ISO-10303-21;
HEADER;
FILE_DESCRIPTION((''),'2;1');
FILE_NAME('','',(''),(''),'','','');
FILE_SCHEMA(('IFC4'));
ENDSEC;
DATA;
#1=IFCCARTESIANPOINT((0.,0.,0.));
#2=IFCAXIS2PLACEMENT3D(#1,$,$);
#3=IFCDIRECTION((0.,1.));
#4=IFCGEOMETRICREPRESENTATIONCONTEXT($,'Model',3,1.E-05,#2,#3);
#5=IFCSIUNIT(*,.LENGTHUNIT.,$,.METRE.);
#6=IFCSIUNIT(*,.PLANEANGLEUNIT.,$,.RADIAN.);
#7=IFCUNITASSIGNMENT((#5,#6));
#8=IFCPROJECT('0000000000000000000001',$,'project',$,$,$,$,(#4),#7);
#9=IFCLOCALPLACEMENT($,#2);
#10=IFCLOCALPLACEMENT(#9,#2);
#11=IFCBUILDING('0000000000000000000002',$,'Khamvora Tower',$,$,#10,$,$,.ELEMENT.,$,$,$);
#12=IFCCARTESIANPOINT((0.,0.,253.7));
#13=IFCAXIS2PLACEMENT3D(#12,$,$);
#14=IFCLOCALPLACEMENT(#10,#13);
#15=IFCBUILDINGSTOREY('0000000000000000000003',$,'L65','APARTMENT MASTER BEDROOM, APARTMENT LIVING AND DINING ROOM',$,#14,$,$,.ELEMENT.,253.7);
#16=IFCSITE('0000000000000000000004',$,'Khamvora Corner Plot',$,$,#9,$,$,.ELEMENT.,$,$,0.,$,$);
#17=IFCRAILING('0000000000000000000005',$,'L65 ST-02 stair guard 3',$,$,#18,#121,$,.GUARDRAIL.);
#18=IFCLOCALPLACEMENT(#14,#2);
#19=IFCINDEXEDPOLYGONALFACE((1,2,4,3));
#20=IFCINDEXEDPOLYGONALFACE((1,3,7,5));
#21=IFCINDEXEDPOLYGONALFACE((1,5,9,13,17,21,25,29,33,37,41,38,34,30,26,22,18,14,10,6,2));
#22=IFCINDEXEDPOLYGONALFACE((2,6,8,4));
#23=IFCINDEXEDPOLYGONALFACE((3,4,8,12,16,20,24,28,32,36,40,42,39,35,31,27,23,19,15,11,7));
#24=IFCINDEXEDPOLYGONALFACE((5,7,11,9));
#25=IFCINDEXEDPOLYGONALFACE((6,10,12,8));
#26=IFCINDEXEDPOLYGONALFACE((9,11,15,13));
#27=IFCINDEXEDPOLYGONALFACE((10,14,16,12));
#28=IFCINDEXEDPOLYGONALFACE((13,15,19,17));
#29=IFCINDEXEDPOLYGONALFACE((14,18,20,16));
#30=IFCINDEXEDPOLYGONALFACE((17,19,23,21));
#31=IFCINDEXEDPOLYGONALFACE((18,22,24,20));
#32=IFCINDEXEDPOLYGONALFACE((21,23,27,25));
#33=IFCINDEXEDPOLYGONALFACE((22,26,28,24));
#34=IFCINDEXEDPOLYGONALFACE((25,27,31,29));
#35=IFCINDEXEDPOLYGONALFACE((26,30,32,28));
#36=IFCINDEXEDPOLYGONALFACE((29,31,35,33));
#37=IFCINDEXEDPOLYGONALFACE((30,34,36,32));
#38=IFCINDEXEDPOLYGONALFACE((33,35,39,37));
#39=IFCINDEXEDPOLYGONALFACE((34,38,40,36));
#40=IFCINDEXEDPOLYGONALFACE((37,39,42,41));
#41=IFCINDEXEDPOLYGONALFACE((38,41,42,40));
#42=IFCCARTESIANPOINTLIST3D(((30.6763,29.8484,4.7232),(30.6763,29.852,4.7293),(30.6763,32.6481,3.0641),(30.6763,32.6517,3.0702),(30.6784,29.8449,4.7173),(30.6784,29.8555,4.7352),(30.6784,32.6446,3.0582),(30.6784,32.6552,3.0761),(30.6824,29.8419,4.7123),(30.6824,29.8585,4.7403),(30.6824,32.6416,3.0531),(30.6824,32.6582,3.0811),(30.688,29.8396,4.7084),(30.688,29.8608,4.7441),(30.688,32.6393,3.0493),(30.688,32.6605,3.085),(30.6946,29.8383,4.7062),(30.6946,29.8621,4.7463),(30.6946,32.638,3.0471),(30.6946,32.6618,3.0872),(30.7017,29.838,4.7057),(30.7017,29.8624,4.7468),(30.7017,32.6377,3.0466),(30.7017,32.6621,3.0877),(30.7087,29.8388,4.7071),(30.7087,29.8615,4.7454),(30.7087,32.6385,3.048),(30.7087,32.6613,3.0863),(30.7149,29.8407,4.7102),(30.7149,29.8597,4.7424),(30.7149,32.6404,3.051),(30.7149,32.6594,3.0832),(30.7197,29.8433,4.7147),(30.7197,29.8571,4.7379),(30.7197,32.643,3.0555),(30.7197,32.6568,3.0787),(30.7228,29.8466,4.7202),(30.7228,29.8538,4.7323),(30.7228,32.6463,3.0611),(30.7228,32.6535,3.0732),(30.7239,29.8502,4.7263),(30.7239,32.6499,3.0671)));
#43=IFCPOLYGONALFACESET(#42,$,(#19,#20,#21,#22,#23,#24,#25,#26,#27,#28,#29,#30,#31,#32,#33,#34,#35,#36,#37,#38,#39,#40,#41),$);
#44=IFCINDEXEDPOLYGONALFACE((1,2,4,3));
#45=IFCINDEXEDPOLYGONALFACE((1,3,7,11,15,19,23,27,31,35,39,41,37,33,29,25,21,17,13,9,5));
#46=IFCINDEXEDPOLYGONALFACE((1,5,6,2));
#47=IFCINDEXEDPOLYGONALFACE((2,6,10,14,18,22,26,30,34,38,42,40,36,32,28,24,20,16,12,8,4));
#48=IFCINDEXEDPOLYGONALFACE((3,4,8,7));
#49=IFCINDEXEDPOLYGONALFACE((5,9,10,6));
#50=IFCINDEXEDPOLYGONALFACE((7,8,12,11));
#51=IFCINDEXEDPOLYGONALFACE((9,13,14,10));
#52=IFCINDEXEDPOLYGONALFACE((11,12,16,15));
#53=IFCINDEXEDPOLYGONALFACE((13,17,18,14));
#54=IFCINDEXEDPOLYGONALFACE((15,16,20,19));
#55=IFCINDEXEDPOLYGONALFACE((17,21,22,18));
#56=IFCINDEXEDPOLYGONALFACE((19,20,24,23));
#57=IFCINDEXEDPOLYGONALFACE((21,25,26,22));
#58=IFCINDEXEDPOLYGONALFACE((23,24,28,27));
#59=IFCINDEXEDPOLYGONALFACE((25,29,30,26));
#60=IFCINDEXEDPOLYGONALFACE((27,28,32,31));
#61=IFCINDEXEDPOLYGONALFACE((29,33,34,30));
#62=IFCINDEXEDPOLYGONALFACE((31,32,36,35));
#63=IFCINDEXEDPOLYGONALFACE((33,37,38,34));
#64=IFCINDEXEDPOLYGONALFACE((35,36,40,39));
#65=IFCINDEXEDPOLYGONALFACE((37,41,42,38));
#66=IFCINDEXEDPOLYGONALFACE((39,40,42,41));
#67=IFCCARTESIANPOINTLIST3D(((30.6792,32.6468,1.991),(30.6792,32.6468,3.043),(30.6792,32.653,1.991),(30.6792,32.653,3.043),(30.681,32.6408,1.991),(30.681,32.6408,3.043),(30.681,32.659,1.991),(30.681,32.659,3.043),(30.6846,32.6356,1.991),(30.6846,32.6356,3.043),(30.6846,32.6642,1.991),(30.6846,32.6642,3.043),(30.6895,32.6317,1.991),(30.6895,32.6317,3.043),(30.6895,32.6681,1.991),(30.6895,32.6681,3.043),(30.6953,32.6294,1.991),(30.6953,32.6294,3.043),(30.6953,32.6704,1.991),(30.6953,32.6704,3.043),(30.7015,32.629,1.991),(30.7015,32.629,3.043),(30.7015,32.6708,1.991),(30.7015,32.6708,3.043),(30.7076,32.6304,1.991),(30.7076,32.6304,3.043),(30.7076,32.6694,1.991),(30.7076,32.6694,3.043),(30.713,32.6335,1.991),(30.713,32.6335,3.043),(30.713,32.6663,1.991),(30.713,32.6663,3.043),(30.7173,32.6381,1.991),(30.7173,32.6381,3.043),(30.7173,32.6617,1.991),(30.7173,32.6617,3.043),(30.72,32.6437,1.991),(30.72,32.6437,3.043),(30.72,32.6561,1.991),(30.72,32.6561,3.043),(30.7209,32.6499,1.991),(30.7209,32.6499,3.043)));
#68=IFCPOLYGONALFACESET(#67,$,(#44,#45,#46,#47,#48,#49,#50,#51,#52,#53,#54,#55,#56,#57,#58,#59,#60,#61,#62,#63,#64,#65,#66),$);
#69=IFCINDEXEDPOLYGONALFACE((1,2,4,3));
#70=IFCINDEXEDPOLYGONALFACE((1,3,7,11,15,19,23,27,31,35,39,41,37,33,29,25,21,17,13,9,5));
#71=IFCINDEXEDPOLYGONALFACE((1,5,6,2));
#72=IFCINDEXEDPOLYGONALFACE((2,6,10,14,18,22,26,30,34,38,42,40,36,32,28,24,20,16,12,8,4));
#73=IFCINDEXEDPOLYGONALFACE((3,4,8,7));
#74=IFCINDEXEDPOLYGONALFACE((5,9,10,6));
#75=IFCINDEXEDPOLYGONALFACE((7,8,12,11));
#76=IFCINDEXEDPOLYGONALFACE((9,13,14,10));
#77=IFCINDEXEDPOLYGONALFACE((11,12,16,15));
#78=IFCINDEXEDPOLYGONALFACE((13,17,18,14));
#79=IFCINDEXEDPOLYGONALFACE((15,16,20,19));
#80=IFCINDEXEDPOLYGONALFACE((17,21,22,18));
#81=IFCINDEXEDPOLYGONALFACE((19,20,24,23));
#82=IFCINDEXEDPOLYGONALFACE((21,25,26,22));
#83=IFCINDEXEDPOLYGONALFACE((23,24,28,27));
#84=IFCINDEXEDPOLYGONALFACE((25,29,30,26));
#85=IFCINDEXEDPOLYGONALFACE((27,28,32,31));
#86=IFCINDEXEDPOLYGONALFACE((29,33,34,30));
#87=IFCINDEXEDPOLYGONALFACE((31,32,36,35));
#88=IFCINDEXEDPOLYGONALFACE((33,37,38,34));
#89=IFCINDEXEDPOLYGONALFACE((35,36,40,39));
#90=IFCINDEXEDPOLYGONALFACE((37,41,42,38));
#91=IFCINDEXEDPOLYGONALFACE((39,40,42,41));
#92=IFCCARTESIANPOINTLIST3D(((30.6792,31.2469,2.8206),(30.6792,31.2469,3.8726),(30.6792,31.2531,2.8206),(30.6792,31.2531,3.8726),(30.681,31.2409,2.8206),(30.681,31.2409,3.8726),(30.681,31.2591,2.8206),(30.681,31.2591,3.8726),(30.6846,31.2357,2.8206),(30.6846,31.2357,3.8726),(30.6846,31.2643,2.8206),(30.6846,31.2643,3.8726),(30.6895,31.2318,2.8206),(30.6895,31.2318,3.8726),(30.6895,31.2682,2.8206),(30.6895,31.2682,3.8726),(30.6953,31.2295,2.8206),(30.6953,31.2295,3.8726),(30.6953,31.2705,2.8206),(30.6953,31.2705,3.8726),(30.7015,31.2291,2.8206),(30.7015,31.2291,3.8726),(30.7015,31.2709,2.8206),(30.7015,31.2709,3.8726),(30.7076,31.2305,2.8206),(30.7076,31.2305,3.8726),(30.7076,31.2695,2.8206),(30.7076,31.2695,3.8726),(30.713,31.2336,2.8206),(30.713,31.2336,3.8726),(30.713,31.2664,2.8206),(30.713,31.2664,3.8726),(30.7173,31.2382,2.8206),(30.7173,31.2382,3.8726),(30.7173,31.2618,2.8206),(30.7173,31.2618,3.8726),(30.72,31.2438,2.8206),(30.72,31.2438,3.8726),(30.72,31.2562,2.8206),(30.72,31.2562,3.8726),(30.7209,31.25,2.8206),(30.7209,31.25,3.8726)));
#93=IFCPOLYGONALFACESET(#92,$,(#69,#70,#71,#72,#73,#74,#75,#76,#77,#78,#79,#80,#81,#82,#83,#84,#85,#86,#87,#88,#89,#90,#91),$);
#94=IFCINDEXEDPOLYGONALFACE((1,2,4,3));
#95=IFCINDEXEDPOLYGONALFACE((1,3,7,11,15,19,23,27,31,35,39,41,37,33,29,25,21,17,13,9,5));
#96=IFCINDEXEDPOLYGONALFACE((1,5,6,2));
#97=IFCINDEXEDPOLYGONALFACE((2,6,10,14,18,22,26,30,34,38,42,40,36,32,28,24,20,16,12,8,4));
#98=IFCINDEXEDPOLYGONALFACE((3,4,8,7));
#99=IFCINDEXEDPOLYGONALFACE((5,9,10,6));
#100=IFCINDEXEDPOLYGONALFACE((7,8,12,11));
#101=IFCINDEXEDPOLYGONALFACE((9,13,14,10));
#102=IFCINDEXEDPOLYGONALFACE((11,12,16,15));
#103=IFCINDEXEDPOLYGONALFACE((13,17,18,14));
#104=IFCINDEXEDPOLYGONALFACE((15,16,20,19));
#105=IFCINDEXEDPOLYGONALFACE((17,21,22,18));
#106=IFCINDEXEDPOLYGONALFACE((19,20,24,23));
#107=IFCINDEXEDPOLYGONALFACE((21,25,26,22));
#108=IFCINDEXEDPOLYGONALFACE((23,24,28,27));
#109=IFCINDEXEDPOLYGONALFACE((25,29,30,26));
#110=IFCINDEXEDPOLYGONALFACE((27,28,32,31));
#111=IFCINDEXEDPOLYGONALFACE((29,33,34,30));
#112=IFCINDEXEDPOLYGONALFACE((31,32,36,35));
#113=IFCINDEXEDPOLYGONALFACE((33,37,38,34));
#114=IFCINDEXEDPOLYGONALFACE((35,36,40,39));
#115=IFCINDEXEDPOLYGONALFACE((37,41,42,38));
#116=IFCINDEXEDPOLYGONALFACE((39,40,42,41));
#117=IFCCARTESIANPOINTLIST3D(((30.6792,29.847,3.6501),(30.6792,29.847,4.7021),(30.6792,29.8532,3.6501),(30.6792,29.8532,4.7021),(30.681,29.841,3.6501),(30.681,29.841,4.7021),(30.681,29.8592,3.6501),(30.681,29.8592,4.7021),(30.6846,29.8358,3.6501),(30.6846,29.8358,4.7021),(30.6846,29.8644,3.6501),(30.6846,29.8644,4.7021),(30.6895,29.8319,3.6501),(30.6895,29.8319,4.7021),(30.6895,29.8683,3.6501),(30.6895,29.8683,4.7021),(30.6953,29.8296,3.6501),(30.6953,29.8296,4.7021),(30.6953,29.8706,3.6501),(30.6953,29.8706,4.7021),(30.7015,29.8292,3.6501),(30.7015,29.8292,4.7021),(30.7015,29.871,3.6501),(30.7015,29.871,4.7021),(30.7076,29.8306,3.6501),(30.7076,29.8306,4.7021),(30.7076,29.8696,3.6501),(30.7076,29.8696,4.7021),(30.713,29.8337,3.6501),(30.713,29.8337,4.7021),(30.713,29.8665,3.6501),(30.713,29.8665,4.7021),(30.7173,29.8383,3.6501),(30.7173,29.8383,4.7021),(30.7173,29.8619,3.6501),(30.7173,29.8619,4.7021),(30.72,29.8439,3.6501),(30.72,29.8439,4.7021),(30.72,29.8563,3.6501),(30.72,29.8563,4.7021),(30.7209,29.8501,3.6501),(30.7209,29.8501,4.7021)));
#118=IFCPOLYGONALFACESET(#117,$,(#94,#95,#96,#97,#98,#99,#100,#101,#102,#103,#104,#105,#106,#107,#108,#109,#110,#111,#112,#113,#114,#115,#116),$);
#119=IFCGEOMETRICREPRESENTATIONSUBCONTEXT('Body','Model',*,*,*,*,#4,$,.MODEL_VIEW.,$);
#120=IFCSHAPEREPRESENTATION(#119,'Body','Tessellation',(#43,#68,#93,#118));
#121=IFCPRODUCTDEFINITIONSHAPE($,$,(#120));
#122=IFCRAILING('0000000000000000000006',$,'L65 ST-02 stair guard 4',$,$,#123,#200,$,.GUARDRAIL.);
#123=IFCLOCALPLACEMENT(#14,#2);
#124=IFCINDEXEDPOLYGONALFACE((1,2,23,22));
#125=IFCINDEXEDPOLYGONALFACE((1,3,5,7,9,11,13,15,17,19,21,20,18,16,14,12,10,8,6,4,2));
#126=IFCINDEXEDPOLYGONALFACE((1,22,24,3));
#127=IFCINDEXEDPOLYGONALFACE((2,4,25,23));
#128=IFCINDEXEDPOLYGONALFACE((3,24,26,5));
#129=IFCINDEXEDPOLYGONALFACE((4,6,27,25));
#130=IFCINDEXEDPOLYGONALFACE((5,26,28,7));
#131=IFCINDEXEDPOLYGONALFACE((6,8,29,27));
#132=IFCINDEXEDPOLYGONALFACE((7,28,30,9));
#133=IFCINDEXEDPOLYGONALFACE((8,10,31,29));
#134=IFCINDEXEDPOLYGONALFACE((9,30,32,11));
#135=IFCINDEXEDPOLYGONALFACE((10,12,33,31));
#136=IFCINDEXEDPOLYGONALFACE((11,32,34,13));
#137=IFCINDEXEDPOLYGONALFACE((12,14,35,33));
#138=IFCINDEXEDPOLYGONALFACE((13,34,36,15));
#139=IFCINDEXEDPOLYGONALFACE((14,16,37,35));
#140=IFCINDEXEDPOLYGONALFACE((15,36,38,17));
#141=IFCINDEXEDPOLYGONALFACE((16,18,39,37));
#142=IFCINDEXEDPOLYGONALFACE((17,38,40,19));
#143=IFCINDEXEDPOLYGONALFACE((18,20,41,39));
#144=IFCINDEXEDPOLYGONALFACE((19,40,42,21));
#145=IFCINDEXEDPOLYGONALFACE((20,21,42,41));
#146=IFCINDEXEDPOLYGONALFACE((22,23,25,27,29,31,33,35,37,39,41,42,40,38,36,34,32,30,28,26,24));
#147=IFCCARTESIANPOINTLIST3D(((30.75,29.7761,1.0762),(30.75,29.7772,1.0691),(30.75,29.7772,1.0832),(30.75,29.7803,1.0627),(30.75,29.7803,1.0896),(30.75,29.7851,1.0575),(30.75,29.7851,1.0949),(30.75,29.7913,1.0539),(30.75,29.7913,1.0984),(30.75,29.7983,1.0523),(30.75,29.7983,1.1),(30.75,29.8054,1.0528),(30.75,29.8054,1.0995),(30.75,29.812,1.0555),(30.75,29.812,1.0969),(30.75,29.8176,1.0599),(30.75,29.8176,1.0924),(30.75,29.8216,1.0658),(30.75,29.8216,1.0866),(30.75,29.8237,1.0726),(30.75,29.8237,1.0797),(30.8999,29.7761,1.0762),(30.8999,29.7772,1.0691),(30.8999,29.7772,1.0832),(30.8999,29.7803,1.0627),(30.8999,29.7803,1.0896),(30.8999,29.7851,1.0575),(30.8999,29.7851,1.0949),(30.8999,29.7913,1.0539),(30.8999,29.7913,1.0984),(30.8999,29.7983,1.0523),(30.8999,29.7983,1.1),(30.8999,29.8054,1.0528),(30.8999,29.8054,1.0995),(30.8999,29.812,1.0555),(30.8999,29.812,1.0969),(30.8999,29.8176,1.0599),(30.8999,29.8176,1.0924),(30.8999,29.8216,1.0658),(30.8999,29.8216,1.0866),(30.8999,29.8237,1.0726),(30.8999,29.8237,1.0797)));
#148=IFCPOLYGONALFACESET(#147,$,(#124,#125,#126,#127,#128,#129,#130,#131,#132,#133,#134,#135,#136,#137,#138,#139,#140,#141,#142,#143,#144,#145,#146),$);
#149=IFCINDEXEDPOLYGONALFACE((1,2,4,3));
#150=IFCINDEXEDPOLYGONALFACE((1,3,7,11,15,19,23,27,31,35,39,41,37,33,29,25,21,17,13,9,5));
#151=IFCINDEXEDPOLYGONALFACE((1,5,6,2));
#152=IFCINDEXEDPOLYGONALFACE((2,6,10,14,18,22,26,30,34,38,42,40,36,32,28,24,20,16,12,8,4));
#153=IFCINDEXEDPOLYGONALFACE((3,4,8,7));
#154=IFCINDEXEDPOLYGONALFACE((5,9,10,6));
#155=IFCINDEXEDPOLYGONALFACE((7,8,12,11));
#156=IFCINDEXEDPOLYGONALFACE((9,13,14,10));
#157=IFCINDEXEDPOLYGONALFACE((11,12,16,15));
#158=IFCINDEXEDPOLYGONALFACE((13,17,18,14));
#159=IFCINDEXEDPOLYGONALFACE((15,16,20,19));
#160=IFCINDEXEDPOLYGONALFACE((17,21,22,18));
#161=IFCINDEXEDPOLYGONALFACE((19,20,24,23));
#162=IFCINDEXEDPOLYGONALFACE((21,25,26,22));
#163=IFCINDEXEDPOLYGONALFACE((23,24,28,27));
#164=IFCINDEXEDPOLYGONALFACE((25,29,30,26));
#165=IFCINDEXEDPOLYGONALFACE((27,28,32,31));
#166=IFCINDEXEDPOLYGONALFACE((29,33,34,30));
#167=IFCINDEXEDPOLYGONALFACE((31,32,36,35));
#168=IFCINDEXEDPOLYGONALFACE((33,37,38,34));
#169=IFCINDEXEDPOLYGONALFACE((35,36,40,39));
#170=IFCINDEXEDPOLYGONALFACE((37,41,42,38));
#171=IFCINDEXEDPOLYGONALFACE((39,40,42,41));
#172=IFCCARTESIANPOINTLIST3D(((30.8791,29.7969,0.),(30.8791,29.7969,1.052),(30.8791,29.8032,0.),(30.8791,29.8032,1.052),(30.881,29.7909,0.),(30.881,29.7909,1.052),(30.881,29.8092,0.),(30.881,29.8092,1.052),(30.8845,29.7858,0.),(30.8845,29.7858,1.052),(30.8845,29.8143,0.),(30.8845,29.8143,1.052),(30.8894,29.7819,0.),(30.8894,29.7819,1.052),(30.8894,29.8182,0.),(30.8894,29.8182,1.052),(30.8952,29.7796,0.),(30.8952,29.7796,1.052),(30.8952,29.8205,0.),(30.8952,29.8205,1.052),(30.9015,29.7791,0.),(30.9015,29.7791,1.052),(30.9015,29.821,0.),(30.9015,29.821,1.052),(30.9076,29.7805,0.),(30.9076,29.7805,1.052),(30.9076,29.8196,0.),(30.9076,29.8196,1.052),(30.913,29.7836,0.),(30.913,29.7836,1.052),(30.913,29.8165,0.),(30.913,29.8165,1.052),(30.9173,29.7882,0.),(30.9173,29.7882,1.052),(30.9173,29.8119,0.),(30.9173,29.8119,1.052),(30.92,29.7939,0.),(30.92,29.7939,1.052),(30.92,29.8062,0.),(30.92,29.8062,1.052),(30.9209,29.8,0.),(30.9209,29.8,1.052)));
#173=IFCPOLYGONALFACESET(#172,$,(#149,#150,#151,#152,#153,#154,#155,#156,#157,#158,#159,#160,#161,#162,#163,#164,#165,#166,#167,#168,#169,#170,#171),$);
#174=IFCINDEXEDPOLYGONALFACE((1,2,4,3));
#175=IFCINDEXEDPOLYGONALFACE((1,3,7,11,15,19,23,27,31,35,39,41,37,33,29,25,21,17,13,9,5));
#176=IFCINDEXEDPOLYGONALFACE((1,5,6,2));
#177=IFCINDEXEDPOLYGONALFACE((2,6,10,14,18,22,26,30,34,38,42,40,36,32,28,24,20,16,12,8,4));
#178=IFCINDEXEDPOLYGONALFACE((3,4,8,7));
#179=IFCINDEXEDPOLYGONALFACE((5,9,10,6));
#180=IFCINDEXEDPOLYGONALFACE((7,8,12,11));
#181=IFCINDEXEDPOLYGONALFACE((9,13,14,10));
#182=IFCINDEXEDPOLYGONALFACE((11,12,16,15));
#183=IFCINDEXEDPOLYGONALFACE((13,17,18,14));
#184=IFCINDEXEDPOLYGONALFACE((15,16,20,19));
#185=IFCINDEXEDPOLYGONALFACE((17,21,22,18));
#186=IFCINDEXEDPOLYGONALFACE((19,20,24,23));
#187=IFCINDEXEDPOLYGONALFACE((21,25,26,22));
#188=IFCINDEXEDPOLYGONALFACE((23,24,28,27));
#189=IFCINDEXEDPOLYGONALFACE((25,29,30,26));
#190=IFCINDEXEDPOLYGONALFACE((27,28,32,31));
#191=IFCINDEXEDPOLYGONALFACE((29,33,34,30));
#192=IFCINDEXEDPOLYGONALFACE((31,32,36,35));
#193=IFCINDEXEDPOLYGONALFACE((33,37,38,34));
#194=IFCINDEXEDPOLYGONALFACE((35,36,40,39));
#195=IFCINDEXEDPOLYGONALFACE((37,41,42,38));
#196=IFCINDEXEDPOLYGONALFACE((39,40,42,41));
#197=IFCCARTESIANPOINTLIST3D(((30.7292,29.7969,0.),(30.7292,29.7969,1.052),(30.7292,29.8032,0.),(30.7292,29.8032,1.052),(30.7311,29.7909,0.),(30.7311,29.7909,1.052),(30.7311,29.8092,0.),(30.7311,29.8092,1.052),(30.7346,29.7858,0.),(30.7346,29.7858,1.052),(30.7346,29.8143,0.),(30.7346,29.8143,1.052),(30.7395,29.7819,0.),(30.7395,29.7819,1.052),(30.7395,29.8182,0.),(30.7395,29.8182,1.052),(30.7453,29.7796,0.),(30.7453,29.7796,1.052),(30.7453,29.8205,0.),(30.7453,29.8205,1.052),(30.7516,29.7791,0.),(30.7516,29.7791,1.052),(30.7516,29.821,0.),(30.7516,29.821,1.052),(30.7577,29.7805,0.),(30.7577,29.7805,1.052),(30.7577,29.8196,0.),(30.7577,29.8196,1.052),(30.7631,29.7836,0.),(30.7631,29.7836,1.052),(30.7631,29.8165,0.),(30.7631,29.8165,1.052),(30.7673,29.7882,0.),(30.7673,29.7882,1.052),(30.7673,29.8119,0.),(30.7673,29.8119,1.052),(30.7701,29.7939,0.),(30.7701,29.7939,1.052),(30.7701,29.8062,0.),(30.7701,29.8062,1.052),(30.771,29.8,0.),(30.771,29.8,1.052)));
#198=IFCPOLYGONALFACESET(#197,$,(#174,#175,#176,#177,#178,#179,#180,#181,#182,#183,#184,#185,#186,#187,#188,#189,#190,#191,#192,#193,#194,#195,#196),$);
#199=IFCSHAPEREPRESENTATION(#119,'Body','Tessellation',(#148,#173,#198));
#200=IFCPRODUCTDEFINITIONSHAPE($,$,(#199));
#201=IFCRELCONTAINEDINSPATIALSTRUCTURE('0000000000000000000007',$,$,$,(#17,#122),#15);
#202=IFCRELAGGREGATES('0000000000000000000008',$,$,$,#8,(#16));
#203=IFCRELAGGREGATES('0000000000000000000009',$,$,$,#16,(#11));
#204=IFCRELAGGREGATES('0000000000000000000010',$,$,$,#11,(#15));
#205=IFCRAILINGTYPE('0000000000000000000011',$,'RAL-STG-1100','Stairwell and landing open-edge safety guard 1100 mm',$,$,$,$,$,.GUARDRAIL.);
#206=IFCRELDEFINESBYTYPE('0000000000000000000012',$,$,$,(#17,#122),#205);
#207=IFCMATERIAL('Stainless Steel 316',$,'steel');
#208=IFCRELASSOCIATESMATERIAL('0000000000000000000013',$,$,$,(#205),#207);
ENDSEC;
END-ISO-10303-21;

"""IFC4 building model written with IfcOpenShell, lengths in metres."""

from ifc_helpers import new_model, si_unit, direction, frame, origin, origin_2d, place, context, subcontext, project, spatial, circle, extrude, material, type_object, element, save


model = new_model("IFC4")

# Units and contexts
model_context = context("Model", 3, precision=1e-05, world=origin(), true_north=direction((0.0, 1.0)))
body_context = subcontext(model_context, "Body", "Model", "MODEL_VIEW")
ifc_project = project(units=[si_unit("LENGTHUNIT", "METRE"), si_unit("PLANEANGLEUNIT", "RADIAN")], contexts=[model_context])

# Site, building, storey
site_placement = place(None, origin())
site = spatial("IfcSite", under=ifc_project, at=site_placement, Name="Khamvora Corner Plot", CompositionType="ELEMENT", RefElevation=0.0)
building_placement = place(site_placement, origin())
building = spatial("IfcBuilding", under=site, at=building_placement, Name="Khamvora Tower", CompositionType="ELEMENT")
storey_placement = place(building_placement, frame((0.0, 0.0, 253.7)))
storey = spatial("IfcBuildingStorey", under=building, at=storey_placement, Name="L65", Description="APARTMENT MASTER BEDROOM, APARTMENT LIVING AND DINING ROOM", CompositionType="ELEMENT", Elevation=253.7)

# Railings
ifc_material_1 = material(Name="Stainless Steel 316", Category="steel")
railing_type_1 = type_object("IfcRailingType", Name="RAL-STG-1100", Description="Stairwell and landing open-edge safety guard 1100 mm", PredefinedType="GUARDRAIL", material=ifc_material_1)
railing_1_placement = place(storey_placement, frame((30.7, 32.6499, 1.991)))
element("IfcRailing", 1, at=railing_1_placement, inside=storey, type_object=railing_type_1, Name="L65 ST-02 stair guard 3", PredefinedType="GUARDRAIL", context=body_context, shape_type="SweptSolid", body=[
    extrude(circle(Radius=0.0239, at=origin_2d()), frame((0.0, 0.0, 1.0762), z_axis=(0.0, -0.860287, 0.509811), x_axis=(1.0, 0.0, 0.0)), (0.0, 0.0, 1.0), 3.2544),
    extrude(circle(Radius=0.021, at=origin_2d()), origin(), (0.0, 0.0, 1.0), 1.052),
    extrude(circle(Radius=0.021, at=origin_2d()), frame((0.0, -1.3999, 0.8296)), (0.0, 0.0, 1.0), 1.052),
    extrude(circle(Radius=0.021, at=origin_2d()), frame((0.0, -2.7998, 1.6592)), (0.0, 0.0, 1.0), 1.052),
])
railing_2_placement = place(storey_placement, frame((30.8999, 29.8, 0.0)))
element("IfcRailing", 2, at=railing_2_placement, inside=storey, type_object=railing_type_1, Name="L65 ST-02 stair guard 4", PredefinedType="GUARDRAIL", context=body_context, shape_type="SweptSolid", body=[
    extrude(circle(Radius=0.0239, at=origin_2d()), frame((0.0, 0.0, 1.0762), z_axis=(-1.0, 0.0, 0.0), x_axis=(0.0, -1.0, 0.0)), (0.0, 0.0, 1.0), 0.1499),
    extrude(circle(Radius=0.021, at=origin_2d()), origin(), (0.0, 0.0, 1.0), 1.052),
    extrude(circle(Radius=0.021, at=origin_2d()), frame((-0.1499, 0.0, 0.0)), (0.0, 0.0, 1.0), 1.052),
])

save(model, "model.ifc")
